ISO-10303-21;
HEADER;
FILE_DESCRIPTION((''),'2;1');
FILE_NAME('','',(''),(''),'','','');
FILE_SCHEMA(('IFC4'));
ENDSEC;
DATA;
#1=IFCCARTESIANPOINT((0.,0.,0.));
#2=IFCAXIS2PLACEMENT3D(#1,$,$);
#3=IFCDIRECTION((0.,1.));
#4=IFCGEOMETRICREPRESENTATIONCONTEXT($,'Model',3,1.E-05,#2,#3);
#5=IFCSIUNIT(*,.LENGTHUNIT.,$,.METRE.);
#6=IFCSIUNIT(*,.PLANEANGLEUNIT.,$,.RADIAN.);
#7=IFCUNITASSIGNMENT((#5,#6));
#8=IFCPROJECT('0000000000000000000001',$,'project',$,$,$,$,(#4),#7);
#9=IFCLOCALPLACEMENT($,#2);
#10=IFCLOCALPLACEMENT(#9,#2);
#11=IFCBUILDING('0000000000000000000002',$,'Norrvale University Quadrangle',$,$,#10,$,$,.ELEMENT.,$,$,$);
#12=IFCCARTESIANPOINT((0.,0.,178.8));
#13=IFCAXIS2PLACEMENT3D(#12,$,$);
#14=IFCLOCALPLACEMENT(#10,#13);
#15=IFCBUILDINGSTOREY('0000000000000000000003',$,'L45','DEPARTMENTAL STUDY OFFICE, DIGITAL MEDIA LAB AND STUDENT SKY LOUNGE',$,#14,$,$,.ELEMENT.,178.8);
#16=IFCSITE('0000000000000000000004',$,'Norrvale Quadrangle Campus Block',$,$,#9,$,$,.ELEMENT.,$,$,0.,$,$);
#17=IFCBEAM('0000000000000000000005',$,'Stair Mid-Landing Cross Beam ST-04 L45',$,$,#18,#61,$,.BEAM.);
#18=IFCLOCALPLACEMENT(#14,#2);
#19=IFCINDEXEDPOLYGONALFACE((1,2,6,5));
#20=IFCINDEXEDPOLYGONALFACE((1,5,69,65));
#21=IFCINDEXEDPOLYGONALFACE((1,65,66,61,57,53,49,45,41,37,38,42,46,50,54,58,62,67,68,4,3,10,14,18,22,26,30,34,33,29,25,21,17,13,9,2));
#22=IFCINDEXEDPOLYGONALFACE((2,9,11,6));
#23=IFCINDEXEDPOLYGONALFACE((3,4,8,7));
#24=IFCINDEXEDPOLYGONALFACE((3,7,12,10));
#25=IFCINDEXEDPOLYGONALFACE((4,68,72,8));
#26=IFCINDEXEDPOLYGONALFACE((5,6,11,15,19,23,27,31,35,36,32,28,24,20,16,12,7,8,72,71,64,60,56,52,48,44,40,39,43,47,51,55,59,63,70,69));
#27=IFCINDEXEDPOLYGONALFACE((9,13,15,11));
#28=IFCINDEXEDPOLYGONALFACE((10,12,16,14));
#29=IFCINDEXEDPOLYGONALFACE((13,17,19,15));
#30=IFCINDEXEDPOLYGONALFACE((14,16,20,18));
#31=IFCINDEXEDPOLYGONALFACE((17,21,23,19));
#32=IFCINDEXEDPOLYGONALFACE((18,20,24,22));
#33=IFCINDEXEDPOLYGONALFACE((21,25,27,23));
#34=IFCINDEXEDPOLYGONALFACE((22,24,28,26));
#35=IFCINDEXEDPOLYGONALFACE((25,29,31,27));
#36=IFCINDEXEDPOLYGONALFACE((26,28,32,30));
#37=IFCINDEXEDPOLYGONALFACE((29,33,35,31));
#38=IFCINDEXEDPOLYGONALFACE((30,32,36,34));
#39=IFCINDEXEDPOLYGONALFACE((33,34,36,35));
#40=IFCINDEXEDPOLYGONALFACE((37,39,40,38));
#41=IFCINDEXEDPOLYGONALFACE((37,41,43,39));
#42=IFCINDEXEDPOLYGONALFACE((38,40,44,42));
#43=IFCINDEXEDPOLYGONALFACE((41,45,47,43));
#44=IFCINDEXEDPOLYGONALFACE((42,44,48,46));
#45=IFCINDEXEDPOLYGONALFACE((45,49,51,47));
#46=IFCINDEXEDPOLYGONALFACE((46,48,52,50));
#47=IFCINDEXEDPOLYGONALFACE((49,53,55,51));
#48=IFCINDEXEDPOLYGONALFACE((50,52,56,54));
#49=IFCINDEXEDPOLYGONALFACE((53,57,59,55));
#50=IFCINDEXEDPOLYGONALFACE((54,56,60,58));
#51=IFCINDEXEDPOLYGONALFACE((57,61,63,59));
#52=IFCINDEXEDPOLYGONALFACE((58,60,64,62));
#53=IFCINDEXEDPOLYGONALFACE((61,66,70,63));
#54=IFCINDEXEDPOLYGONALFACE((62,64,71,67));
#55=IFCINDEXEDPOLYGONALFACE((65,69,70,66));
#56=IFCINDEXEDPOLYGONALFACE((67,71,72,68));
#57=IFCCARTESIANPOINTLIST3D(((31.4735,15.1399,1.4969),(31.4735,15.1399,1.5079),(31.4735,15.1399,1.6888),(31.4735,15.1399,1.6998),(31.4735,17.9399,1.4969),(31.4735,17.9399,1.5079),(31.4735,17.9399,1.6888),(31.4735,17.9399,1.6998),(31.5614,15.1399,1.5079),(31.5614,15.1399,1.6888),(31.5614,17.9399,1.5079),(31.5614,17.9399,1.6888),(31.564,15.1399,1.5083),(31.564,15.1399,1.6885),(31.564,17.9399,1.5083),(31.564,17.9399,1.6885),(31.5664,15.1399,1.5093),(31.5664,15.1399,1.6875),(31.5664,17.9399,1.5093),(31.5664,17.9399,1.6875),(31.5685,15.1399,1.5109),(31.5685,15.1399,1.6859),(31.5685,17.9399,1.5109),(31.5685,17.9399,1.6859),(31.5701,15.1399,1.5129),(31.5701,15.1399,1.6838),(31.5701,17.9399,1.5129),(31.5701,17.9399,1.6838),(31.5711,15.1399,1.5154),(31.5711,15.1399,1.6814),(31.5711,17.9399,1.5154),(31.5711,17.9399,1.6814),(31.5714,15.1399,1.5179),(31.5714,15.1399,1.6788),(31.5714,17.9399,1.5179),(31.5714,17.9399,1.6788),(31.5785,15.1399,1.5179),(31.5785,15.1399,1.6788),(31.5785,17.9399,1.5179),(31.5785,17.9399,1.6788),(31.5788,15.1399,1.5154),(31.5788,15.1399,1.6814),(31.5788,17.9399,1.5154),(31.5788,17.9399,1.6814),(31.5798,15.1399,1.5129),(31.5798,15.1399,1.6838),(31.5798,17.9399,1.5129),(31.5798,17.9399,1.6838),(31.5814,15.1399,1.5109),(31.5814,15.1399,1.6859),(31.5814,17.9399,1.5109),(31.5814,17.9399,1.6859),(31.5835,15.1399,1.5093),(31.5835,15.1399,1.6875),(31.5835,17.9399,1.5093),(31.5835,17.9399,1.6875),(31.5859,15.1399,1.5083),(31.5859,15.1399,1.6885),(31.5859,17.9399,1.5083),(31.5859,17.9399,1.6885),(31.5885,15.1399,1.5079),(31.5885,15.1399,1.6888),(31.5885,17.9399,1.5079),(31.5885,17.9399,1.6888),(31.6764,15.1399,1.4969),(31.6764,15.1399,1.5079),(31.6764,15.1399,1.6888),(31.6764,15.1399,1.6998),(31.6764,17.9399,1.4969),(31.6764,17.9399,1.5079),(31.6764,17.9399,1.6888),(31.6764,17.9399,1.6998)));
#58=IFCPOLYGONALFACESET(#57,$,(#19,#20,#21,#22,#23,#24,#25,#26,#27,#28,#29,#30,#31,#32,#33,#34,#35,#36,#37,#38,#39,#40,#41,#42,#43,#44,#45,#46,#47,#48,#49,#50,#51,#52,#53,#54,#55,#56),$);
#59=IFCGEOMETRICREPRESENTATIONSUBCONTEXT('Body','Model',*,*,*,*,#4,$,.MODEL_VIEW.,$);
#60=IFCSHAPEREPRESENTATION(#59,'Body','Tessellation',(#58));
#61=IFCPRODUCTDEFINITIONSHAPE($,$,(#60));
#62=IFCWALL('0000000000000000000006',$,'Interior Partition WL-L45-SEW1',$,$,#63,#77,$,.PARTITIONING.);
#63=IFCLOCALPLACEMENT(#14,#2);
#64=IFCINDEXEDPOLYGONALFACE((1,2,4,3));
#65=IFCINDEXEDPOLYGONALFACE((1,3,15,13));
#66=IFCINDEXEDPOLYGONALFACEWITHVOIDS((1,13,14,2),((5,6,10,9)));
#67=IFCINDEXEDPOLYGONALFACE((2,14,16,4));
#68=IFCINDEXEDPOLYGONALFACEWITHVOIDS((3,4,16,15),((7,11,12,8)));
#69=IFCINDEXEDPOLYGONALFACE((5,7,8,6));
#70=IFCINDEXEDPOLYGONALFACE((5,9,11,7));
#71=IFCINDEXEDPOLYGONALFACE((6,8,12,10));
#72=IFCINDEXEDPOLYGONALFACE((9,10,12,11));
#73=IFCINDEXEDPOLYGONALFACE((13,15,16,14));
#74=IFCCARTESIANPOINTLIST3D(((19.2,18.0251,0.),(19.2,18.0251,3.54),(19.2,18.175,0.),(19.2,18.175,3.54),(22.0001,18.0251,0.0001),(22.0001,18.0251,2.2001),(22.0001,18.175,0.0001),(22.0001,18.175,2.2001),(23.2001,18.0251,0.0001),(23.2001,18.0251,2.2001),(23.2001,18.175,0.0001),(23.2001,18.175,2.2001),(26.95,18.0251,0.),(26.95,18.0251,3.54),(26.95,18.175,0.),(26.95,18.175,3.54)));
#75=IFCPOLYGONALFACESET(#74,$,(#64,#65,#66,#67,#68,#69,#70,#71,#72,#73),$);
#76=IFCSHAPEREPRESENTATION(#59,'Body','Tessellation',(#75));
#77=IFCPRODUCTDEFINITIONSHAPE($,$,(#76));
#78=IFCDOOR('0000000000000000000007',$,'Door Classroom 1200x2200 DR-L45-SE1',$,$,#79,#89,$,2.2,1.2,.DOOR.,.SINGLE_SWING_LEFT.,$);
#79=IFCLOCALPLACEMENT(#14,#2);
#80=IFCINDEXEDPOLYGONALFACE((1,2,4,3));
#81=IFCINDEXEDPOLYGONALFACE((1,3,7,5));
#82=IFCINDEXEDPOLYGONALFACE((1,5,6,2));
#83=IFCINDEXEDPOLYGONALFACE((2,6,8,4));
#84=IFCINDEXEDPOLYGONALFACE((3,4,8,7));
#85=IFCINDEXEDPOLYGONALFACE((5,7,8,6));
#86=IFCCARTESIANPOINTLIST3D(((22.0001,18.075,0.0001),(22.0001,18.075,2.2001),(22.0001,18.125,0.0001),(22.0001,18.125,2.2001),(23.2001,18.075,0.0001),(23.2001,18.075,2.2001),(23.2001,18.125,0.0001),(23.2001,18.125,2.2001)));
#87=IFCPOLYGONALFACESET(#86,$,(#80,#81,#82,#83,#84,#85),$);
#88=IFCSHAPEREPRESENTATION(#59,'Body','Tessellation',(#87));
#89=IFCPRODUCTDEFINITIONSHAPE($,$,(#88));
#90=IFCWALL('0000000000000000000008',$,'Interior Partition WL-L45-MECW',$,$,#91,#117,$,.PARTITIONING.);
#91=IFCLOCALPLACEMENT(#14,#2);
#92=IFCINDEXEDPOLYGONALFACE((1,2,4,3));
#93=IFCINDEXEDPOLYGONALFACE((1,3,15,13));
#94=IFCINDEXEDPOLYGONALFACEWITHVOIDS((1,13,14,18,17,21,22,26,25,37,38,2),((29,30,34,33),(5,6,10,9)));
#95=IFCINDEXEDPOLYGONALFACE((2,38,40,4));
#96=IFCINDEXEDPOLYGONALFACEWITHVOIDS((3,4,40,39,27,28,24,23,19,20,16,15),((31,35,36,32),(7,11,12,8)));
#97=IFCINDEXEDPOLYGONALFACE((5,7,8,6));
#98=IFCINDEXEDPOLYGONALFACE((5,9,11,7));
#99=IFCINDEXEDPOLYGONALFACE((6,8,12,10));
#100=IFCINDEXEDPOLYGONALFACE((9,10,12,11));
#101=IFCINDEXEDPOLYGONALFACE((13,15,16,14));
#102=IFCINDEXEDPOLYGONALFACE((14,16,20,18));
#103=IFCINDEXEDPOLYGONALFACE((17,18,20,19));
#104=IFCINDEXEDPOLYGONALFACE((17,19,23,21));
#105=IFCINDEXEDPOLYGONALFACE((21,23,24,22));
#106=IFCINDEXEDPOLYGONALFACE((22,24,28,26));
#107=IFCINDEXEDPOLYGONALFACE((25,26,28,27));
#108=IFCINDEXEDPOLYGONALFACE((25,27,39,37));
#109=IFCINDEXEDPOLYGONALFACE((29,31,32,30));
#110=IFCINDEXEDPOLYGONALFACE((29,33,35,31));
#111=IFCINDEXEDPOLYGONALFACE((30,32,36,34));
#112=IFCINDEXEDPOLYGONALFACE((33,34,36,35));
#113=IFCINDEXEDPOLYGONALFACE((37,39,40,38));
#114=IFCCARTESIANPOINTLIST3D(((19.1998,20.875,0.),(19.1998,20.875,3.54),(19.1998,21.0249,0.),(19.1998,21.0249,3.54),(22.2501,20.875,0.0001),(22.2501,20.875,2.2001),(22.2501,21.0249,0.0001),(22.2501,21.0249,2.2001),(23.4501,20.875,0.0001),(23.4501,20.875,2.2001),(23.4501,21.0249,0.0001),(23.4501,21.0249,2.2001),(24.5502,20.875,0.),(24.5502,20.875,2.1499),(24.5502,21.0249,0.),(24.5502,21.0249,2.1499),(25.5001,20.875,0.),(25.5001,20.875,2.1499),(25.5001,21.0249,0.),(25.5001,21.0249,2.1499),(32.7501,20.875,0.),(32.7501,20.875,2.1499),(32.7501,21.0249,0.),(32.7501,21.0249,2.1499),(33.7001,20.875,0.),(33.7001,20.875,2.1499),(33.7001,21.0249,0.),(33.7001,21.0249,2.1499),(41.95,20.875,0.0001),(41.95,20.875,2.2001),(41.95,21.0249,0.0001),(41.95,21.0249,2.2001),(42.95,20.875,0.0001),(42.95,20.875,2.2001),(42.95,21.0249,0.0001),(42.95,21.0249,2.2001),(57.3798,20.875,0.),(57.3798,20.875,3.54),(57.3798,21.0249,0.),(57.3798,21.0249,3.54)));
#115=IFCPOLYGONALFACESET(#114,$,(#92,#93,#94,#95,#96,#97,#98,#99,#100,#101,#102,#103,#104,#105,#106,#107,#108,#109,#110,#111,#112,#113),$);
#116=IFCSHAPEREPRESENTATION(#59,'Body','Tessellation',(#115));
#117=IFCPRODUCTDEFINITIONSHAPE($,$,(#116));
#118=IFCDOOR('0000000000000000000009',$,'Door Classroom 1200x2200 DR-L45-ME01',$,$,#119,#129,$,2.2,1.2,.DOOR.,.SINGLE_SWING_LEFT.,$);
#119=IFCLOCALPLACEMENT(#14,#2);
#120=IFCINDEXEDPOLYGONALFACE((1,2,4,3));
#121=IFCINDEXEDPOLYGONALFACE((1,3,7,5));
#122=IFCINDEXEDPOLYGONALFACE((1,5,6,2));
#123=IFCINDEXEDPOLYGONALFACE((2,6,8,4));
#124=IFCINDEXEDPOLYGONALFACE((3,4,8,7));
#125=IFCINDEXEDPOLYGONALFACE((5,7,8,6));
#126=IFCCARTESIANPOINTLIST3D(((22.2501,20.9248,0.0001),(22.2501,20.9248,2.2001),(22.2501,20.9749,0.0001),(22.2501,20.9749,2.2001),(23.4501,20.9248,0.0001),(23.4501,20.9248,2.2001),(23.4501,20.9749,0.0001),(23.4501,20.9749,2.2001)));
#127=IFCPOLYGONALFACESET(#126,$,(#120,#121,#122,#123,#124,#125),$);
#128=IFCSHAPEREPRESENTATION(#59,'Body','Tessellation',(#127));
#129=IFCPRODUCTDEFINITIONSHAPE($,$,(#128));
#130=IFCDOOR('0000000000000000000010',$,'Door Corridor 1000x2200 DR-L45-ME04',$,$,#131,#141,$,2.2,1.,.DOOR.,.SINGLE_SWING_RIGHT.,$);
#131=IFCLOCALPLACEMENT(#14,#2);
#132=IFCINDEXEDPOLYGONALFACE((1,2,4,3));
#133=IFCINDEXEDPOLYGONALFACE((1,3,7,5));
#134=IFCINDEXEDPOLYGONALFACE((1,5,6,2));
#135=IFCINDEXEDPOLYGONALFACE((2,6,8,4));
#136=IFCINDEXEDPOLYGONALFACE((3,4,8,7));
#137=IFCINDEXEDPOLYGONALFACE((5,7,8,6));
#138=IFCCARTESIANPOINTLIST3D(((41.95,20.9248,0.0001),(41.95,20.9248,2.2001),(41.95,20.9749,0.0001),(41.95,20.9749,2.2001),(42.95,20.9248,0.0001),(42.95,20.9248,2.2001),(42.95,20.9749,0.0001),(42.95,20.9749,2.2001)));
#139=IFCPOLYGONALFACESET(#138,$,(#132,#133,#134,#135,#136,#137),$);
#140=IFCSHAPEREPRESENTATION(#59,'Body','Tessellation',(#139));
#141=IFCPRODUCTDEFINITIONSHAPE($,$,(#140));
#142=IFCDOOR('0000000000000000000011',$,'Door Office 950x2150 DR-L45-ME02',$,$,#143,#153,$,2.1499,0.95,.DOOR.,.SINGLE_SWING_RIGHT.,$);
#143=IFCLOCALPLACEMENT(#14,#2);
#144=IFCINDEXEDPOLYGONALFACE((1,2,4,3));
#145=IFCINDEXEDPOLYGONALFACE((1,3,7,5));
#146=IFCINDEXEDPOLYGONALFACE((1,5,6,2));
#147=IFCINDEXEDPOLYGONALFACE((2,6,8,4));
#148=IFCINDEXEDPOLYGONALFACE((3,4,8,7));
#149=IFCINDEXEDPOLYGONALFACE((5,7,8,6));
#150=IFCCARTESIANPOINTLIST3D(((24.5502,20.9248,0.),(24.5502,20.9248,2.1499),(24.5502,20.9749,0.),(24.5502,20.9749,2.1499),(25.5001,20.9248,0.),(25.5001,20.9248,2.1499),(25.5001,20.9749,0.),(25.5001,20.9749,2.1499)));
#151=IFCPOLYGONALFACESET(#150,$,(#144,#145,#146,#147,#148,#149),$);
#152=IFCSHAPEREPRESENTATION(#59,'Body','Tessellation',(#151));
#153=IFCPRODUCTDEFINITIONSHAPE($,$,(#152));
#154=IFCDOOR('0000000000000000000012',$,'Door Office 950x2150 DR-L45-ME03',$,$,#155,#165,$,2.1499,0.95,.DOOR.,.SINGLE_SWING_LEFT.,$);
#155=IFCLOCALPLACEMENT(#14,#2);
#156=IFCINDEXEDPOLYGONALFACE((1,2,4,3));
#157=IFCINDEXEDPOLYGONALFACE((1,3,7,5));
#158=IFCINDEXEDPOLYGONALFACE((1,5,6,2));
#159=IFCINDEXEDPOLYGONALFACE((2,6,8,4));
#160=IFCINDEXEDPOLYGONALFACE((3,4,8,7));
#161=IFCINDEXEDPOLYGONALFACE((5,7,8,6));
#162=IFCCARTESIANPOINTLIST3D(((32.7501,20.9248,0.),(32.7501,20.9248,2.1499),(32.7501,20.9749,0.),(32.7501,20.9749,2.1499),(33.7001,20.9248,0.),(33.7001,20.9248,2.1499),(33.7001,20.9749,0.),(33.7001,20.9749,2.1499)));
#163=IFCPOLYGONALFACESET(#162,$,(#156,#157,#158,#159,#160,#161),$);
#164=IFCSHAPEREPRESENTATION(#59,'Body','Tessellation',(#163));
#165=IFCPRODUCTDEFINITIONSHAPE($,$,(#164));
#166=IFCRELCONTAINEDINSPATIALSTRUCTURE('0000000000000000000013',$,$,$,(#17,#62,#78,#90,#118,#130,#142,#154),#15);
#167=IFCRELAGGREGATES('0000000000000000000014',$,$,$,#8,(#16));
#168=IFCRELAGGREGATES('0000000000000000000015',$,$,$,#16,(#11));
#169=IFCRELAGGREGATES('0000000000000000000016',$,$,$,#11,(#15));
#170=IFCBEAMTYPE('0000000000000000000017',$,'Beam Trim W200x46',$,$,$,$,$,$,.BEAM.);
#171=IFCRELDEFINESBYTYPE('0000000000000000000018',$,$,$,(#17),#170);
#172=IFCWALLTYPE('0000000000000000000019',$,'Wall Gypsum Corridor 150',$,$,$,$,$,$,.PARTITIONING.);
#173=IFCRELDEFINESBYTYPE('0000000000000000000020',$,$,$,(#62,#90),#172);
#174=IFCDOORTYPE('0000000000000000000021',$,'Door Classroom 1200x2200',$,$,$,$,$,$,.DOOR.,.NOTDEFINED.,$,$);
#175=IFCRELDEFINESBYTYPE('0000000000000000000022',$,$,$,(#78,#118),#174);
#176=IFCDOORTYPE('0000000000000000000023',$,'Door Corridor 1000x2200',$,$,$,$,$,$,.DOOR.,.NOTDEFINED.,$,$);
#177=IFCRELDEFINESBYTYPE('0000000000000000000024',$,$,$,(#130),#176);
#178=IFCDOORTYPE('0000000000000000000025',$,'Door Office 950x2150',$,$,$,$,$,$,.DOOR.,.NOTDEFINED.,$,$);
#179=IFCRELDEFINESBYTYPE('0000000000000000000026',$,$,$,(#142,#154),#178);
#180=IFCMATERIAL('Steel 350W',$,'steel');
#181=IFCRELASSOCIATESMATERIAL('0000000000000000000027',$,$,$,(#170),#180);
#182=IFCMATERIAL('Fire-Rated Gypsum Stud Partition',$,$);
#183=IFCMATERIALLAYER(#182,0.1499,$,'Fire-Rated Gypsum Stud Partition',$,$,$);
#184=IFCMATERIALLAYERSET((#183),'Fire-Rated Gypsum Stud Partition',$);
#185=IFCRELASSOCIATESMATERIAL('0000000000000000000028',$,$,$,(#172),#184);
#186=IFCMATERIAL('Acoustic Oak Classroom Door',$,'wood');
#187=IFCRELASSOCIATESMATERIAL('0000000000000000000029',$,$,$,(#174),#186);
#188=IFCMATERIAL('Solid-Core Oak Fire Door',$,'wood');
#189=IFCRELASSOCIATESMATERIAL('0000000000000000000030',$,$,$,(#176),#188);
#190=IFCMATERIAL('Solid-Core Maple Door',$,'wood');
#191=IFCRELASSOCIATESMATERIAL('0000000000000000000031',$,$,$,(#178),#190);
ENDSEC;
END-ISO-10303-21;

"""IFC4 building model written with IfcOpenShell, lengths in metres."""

from ifc_helpers import new_model, si_unit, direction, frame, frame_2d, origin, origin_2d, place, context, subcontext, project, spatial, rectangle, i_section, extrude, material, layer, layer_set, material_profile, profile_set, type_object, element, fill, save


model = new_model("IFC4")

# Units and contexts
model_context = context("Model", 3, precision=1e-05, world=origin(), true_north=direction((0.0, 1.0)))
body_context = subcontext(model_context, "Body", "Model", "MODEL_VIEW")
ifc_project = project(units=[si_unit("LENGTHUNIT", "METRE"), si_unit("PLANEANGLEUNIT", "RADIAN")], contexts=[model_context])

# Site, building, storey
site_placement = place(None, origin())
site = spatial("IfcSite", under=ifc_project, at=site_placement, Name="Norrvale Quadrangle Campus Block", CompositionType="ELEMENT", RefElevation=0.0)
building_placement = place(site_placement, origin())
building = spatial("IfcBuilding", under=site, at=building_placement, Name="Norrvale University Quadrangle", CompositionType="ELEMENT")
storey_placement = place(building_placement, frame((0.0, 0.0, 178.8)))
storey = spatial("IfcBuildingStorey", under=building, at=storey_placement, Name="L45", Description="DEPARTMENTAL STUDY OFFICE, DIGITAL MEDIA LAB AND STUDENT SKY LOUNGE", CompositionType="ELEMENT", Elevation=178.8)

# Beam
ifc_material_1 = material(Name="Steel 350W", Category="steel")
ifc_material_profile_1 = material_profile(ifc_material_1, i_section(OverallWidth=0.2029, OverallDepth=0.2029, WebThickness=0.0071, FlangeThickness=0.011, FilletRadius=0.01, at=origin_2d()), Name="Steel 350W")
ifc_profile_set_1 = profile_set([ifc_material_profile_1], Name="Steel 350W")
beam_type_1 = type_object("IfcBeamType", Name="Beam Trim W200x46", PredefinedType="BEAM", material=ifc_profile_set_1)
beam_1_placement = place(storey_placement, frame((31.575, 15.1399, 1.5984), z_axis=(0.0, 1.0, 0.0), x_axis=(-1.0, 0.0, 0.0)))
element("IfcBeam", 1, at=beam_1_placement, inside=storey, type_object=beam_type_1, Name="Stair Mid-Landing Cross Beam ST-04 L45", PredefinedType="BEAM", context=body_context, shape_type="SweptSolid", body=[
    extrude(i_section(OverallWidth=0.2029, OverallDepth=0.2029, WebThickness=0.0071, FlangeThickness=0.011, FilletRadius=0.01, at=origin_2d()), origin(), (0.0, 0.0, 1.0), 2.8),
])

# Wall, opening, door
ifc_material_2 = material(Name="Fire-Rated Gypsum Stud Partition")
ifc_layer_1 = layer(ifc_material_2, 0.1499, Name="Fire-Rated Gypsum Stud Partition")
ifc_layer_set_1 = layer_set([ifc_layer_1], Name="Fire-Rated Gypsum Stud Partition")
wall_type_1 = type_object("IfcWallType", Name="Wall Gypsum Corridor 150", PredefinedType="PARTITIONING", material=ifc_layer_set_1)
wall_1_placement = place(storey_placement, frame((19.2, 18.1001, 0.0), z_axis=(0.0, 0.0, 1.0), x_axis=(1.0, 0.0, 0.0)))
wall_1 = element("IfcWall", 2, at=wall_1_placement, inside=storey, type_object=wall_type_1, Name="Interior Partition WL-L45-SEW1", PredefinedType="PARTITIONING", context=body_context, shape_type="SweptSolid", body=[
    extrude(rectangle(XDim=7.75, YDim=0.1499, at=frame_2d((3.875, 0.0))), origin(), (0.0, 0.0, 1.0), 3.54),
])
opening_1_placement = place(wall_1_placement, frame((2.8, 0.0, 0.0)))
opening_1 = element("IfcOpeningElement", 3, at=opening_1_placement, cuts=wall_1, PredefinedType="OPENING", context=body_context, shape_type="SweptSolid", body=[
    extrude(rectangle(XDim=1.2, YDim=2.2, at=frame_2d((0.6001, 1.1001))), frame((0.0, 0.0869, 0.0), z_axis=(0.0, -1.0, 0.0), x_axis=(1.0, 0.0, 0.0)), (0.0, 0.0, 1.0), 0.1738),
])
ifc_material_3 = material(Name="Acoustic Oak Classroom Door", Category="wood")
door_type_1 = type_object("IfcDoorType", Name="Door Classroom 1200x2200", OperationType="NOTDEFINED", PredefinedType="DOOR", material=ifc_material_3)
door_1_placement = place(opening_1_placement, origin())
door_1 = element("IfcDoor", 4, at=door_1_placement, inside=storey, type_object=door_type_1, Name="Door Classroom 1200x2200 DR-L45-SE1", OperationType="SINGLE_SWING_LEFT", OverallHeight=2.2, OverallWidth=1.2, PredefinedType="DOOR", context=body_context, shape_type="SweptSolid", body=[
    extrude(rectangle(XDim=1.2, YDim=2.2, at=frame_2d((0.6001, 1.1001))), frame((0.0, 0.0249, 0.0), z_axis=(0.0, -1.0, 0.0), x_axis=(1.0, 0.0, 0.0)), (0.0, 0.0, 1.0), 0.05),
])
fill(opening_1, door_1)

# Wall, openings, doors
wall_2_placement = place(storey_placement, frame((19.2, 20.95, 0.0), z_axis=(0.0, 0.0, 1.0), x_axis=(1.0, 0.0, 0.0)))
wall_2 = element("IfcWall", 5, at=wall_2_placement, inside=storey, type_object=wall_type_1, Name="Interior Partition WL-L45-MECW", PredefinedType="PARTITIONING", context=body_context, shape_type="SweptSolid", body=[
    extrude(rectangle(XDim=38.1799, YDim=0.1499, at=frame_2d((19.0898, 0.0))), origin(), (0.0, 0.0, 1.0), 3.54),
])
opening_2_placement = place(wall_2_placement, frame((3.05, 0.0, 0.0)))
opening_2 = element("IfcOpeningElement", 6, at=opening_2_placement, cuts=wall_2, PredefinedType="OPENING", context=body_context, shape_type="SweptSolid", body=[
    extrude(rectangle(XDim=1.2, YDim=2.2, at=frame_2d((0.6001, 1.1001))), frame((0.0, 0.0869, 0.0), z_axis=(0.0, -1.0, 0.0), x_axis=(1.0, 0.0, 0.0)), (0.0, 0.0, 1.0), 0.1738),
])
opening_3_placement = place(wall_2_placement, frame((5.3501, 0.0, 0.0)))
opening_3 = element("IfcOpeningElement", 7, at=opening_3_placement, cuts=wall_2, PredefinedType="OPENING", context=body_context, shape_type="SweptSolid", body=[
    extrude(rectangle(XDim=0.95, YDim=2.1499, at=frame_2d((0.4751, 1.075))), frame((0.0, 0.0869, 0.0), z_axis=(0.0, -1.0, 0.0), x_axis=(1.0, 0.0, 0.0)), (0.0, 0.0, 1.0), 0.1738),
])
opening_4_placement = place(wall_2_placement, frame((13.55, 0.0, 0.0)))
opening_4 = element("IfcOpeningElement", 8, at=opening_4_placement, cuts=wall_2, PredefinedType="OPENING", context=body_context, shape_type="SweptSolid", body=[
    extrude(rectangle(XDim=0.95, YDim=2.1499, at=frame_2d((0.4751, 1.075))), frame((0.0, 0.0869, 0.0), z_axis=(0.0, -1.0, 0.0), x_axis=(1.0, 0.0, 0.0)), (0.0, 0.0, 1.0), 0.1738),
])
opening_5_placement = place(wall_2_placement, frame((22.75, 0.0, 0.0)))
opening_5 = element("IfcOpeningElement", 9, at=opening_5_placement, cuts=wall_2, PredefinedType="OPENING", context=body_context, shape_type="SweptSolid", body=[
    extrude(rectangle(XDim=1.0, YDim=2.2, at=frame_2d((0.5, 1.1001))), frame((0.0, 0.0869, 0.0), z_axis=(0.0, -1.0, 0.0), x_axis=(1.0, 0.0, 0.0)), (0.0, 0.0, 1.0), 0.1738),
])
door_2_placement = place(opening_2_placement, origin())
door_2 = element("IfcDoor", 10, at=door_2_placement, inside=storey, type_object=door_type_1, Name="Door Classroom 1200x2200 DR-L45-ME01", OperationType="SINGLE_SWING_LEFT", OverallHeight=2.2, OverallWidth=1.2, PredefinedType="DOOR", context=body_context, shape_type="SweptSolid", body=[
    extrude(rectangle(XDim=1.2, YDim=2.2, at=frame_2d((0.6001, 1.1001))), frame((0.0, 0.0249, 0.0), z_axis=(0.0, -1.0, 0.0), x_axis=(1.0, 0.0, 0.0)), (0.0, 0.0, 1.0), 0.05),
])
fill(opening_2, door_2)
ifc_material_4 = material(Name="Solid-Core Oak Fire Door", Category="wood")
door_type_2 = type_object("IfcDoorType", Name="Door Corridor 1000x2200", OperationType="NOTDEFINED", PredefinedType="DOOR", material=ifc_material_4)
door_3_placement = place(opening_5_placement, origin())
door_3 = element("IfcDoor", 11, at=door_3_placement, inside=storey, type_object=door_type_2, Name="Door Corridor 1000x2200 DR-L45-ME04", OperationType="SINGLE_SWING_RIGHT", OverallHeight=2.2, OverallWidth=1.0, PredefinedType="DOOR", context=body_context, shape_type="SweptSolid", body=[
    extrude(rectangle(XDim=1.0, YDim=2.2, at=frame_2d((0.5, 1.1001))), frame((0.0, 0.0249, 0.0), z_axis=(0.0, -1.0, 0.0), x_axis=(1.0, 0.0, 0.0)), (0.0, 0.0, 1.0), 0.05),
])
fill(opening_5, door_3)
ifc_material_5 = material(Name="Solid-Core Maple Door", Category="wood")
door_type_3 = type_object("IfcDoorType", Name="Door Office 950x2150", OperationType="NOTDEFINED", PredefinedType="DOOR", material=ifc_material_5)
door_4_placement = place(opening_3_placement, origin())
door_4 = element("IfcDoor", 12, at=door_4_placement, inside=storey, type_object=door_type_3, Name="Door Office 950x2150 DR-L45-ME02", OperationType="SINGLE_SWING_RIGHT", OverallHeight=2.1499, OverallWidth=0.95, PredefinedType="DOOR", context=body_context, shape_type="SweptSolid", body=[
    extrude(rectangle(XDim=0.95, YDim=2.1499, at=frame_2d((0.4751, 1.075))), frame((0.0, 0.0249, 0.0), z_axis=(0.0, -1.0, 0.0), x_axis=(1.0, 0.0, 0.0)), (0.0, 0.0, 1.0), 0.05),
])
fill(opening_3, door_4)
door_5_placement = place(opening_4_placement, origin())
door_5 = element("IfcDoor", 13, at=door_5_placement, inside=storey, type_object=door_type_3, Name="Door Office 950x2150 DR-L45-ME03", OperationType="SINGLE_SWING_LEFT", OverallHeight=2.1499, OverallWidth=0.95, PredefinedType="DOOR", context=body_context, shape_type="SweptSolid", body=[
    extrude(rectangle(XDim=0.95, YDim=2.1499, at=frame_2d((0.4751, 1.075))), frame((0.0, 0.0249, 0.0), z_axis=(0.0, -1.0, 0.0), x_axis=(1.0, 0.0, 0.0)), (0.0, 0.0, 1.0), 0.05),
])
fill(opening_4, door_5)

save(model, "model.ifc")
